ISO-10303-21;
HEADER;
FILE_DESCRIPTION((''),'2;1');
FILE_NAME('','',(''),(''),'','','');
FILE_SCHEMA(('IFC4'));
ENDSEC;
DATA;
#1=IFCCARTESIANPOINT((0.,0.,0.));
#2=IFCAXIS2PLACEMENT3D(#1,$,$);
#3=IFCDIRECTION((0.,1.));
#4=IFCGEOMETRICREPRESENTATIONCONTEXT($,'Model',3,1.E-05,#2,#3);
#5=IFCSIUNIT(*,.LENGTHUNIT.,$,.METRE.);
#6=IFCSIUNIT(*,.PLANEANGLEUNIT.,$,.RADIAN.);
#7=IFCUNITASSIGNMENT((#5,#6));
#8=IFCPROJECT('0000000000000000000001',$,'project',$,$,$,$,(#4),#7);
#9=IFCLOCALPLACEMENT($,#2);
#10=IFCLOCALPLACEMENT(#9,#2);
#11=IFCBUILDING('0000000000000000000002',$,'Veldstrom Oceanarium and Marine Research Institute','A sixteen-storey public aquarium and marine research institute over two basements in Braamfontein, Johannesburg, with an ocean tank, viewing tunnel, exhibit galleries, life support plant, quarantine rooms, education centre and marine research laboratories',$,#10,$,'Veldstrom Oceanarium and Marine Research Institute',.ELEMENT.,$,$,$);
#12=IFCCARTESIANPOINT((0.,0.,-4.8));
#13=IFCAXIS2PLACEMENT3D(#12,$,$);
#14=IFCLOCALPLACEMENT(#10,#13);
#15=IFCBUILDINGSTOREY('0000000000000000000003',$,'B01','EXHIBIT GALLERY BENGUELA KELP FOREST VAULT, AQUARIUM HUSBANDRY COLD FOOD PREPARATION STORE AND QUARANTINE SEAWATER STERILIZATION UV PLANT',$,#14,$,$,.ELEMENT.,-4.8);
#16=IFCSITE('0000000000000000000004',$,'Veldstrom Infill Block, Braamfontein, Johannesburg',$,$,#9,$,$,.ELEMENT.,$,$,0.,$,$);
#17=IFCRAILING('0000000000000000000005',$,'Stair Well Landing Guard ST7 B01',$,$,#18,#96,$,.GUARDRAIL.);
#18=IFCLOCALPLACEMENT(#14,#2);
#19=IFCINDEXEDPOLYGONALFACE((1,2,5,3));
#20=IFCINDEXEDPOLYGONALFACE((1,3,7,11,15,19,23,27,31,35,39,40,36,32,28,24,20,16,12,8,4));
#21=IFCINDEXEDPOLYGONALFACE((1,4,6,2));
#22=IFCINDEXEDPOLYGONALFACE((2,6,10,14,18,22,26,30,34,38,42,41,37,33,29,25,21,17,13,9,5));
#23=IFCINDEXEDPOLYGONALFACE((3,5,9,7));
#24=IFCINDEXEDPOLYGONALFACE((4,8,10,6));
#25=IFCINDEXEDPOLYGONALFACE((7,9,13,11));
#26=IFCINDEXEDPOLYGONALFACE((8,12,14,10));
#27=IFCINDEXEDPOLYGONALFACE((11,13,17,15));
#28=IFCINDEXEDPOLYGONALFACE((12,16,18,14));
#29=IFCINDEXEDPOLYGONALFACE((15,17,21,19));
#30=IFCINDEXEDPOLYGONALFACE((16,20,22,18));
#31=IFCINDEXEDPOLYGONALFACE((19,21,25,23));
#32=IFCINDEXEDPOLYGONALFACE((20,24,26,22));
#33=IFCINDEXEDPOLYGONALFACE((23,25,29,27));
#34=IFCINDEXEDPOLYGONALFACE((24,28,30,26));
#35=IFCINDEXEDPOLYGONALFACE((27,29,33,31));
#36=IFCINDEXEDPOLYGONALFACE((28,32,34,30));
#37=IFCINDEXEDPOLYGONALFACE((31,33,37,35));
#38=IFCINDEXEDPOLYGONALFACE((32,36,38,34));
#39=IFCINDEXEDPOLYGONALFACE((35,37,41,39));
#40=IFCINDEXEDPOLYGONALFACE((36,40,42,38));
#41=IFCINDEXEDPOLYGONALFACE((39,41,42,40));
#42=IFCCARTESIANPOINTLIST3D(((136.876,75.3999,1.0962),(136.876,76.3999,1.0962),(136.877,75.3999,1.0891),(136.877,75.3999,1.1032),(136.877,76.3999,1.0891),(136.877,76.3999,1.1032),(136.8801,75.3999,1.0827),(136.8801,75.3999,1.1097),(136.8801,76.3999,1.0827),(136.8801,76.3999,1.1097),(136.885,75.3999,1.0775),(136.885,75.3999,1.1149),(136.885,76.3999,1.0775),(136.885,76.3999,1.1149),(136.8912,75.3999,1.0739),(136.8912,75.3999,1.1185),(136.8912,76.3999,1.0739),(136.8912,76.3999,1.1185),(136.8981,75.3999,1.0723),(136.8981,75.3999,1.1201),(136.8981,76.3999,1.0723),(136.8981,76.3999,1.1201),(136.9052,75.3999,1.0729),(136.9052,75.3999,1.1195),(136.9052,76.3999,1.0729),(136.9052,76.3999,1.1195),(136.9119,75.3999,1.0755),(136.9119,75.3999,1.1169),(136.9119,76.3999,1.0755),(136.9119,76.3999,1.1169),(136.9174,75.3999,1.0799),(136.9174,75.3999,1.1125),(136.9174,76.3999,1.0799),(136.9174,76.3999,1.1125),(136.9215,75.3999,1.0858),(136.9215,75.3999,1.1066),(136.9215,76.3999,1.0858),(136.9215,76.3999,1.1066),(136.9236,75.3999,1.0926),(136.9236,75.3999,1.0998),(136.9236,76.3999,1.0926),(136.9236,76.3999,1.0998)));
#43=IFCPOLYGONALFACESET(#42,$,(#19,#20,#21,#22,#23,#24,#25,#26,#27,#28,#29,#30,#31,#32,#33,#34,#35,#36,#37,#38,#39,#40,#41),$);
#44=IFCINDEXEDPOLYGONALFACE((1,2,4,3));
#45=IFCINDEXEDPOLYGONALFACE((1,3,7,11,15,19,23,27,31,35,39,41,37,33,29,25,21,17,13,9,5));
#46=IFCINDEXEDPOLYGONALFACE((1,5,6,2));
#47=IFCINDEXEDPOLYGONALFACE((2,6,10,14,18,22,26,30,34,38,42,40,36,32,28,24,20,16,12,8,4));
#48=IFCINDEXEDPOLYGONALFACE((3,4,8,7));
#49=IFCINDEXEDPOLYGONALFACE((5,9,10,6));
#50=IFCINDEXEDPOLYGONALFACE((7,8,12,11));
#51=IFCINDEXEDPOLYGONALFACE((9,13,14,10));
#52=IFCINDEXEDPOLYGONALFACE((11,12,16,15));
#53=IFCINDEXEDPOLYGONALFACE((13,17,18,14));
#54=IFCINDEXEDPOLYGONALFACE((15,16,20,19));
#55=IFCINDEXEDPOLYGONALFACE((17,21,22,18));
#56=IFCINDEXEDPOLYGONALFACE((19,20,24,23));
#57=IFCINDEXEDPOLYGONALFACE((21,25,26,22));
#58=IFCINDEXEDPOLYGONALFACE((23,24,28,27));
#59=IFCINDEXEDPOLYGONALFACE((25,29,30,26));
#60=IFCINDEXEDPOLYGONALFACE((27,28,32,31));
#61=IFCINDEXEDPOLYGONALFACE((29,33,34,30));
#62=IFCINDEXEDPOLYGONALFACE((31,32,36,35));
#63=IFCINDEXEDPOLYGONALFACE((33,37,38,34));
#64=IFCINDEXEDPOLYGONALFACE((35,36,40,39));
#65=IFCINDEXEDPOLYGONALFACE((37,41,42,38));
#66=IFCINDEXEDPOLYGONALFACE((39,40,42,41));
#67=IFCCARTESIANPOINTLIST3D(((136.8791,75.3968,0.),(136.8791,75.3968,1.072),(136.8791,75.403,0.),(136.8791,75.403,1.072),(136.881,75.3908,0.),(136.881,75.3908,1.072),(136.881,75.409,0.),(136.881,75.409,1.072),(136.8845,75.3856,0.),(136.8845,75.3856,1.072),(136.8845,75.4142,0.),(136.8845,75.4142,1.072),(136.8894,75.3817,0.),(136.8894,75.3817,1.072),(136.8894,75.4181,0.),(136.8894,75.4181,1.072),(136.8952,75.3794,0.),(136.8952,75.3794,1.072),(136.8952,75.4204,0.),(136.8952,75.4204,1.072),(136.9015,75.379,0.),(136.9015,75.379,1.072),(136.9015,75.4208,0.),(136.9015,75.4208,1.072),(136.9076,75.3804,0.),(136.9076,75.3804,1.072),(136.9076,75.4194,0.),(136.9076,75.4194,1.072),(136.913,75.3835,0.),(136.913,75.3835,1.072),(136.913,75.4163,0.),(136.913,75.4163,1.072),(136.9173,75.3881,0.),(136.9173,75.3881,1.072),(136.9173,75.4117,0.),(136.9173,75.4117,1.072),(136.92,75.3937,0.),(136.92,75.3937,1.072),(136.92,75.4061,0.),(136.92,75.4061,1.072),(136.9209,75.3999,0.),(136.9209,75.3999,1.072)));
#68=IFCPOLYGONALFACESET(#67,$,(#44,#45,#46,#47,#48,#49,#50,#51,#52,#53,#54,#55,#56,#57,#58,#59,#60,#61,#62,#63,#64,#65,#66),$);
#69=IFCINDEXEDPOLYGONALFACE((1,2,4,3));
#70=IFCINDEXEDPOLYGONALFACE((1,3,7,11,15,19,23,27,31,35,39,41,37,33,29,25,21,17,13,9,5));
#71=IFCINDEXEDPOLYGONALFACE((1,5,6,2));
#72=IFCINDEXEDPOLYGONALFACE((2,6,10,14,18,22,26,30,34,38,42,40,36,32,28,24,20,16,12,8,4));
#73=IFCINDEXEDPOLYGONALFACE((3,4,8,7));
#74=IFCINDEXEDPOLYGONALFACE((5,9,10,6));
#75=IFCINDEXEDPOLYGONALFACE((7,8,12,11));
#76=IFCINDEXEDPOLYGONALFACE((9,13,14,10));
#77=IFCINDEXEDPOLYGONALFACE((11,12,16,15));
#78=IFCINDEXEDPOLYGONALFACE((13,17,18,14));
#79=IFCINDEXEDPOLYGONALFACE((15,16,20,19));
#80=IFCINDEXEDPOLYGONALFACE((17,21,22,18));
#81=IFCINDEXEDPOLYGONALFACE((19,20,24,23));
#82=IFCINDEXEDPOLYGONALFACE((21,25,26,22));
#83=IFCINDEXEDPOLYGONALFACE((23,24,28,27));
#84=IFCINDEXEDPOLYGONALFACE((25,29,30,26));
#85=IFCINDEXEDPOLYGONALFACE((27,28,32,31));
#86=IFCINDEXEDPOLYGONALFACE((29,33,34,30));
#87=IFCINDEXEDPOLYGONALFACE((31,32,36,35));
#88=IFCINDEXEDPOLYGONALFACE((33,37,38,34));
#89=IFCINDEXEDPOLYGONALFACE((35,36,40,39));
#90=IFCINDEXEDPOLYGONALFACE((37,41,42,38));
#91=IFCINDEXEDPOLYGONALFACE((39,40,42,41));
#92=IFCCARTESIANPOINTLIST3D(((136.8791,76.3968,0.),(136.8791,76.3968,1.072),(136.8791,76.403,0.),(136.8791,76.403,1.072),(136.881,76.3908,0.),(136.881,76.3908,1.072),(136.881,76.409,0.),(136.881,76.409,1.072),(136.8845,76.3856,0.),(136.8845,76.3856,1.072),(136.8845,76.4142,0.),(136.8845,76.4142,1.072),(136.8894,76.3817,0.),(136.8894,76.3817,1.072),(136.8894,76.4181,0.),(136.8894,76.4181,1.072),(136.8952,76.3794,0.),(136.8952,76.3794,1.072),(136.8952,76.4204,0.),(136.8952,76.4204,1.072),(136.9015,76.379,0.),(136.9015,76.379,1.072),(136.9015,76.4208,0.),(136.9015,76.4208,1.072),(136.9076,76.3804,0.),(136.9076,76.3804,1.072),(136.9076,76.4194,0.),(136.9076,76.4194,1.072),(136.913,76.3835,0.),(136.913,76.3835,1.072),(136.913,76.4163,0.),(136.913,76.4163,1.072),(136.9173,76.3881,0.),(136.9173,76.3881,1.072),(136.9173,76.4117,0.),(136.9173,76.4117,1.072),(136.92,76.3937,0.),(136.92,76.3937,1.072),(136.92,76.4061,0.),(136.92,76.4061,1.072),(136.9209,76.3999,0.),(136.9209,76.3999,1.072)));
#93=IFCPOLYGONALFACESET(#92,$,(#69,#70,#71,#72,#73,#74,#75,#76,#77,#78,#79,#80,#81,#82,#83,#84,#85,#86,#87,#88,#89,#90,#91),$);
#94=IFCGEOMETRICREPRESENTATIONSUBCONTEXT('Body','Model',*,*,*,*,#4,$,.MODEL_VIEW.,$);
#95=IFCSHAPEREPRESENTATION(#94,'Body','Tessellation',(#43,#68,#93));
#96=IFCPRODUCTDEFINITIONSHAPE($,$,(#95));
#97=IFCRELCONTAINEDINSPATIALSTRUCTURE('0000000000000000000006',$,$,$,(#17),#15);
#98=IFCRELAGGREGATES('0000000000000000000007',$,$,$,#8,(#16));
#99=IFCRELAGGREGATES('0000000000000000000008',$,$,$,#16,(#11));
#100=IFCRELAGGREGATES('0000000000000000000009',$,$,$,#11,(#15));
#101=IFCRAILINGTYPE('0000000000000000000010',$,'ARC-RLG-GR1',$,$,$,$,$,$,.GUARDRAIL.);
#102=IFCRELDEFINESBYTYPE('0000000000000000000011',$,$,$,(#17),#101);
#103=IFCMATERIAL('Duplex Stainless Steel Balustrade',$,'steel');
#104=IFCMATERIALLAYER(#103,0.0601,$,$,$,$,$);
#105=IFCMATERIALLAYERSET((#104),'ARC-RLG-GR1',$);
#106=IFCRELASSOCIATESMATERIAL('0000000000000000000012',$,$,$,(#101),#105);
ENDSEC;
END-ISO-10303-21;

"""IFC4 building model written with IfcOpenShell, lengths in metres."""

from ifc_helpers import new_model, si_unit, direction, frame, origin, origin_2d, place, context, subcontext, project, spatial, circle, extrude, material, layer, layer_set, type_object, element, save


model = new_model("IFC4")

# Units and contexts
model_context = context("Model", 3, precision=1e-05, world=origin(), true_north=direction((0.0, 1.0)))
body_context = subcontext(model_context, "Body", "Model", "MODEL_VIEW")
ifc_project = project(units=[si_unit("LENGTHUNIT", "METRE"), si_unit("PLANEANGLEUNIT", "RADIAN")], contexts=[model_context])

# Site, building, storey
site_placement = place(None, origin())
site = spatial("IfcSite", under=ifc_project, at=site_placement, Name="Veldstrom Infill Block, Braamfontein, Johannesburg", CompositionType="ELEMENT", RefElevation=0.0)
building_placement = place(site_placement, origin())
building = spatial("IfcBuilding", under=site, at=building_placement, Name="Veldstrom Oceanarium and Marine Research Institute", Description="A sixteen-storey public aquarium and marine research institute over two basements in Braamfontein, Johannesburg, with an ocean tank, viewing tunnel, exhibit galleries, life support plant, quarantine rooms, education centre and marine research laboratories", LongName="Veldstrom Oceanarium and Marine Research Institute", CompositionType="ELEMENT")
storey_placement = place(building_placement, frame((0.0, 0.0, -4.8)))
storey = spatial("IfcBuildingStorey", under=building, at=storey_placement, Name="B01", Description="EXHIBIT GALLERY BENGUELA KELP FOREST VAULT, AQUARIUM HUSBANDRY COLD FOOD PREPARATION STORE AND QUARANTINE SEAWATER STERILIZATION UV PLANT", CompositionType="ELEMENT", Elevation=-4.8)

# Railing
ifc_material_1 = material(Name="Duplex Stainless Steel Balustrade", Category="steel")
ifc_layer_1 = layer(ifc_material_1, 0.0601)
ifc_layer_set_1 = layer_set([ifc_layer_1], Name="ARC-RLG-GR1")
railing_type_1 = type_object("IfcRailingType", Name="ARC-RLG-GR1", PredefinedType="GUARDRAIL", material=ifc_layer_set_1)
railing_1_placement = place(storey_placement, frame((136.8999, 75.3999, 0.0)))
element("IfcRailing", 1, at=railing_1_placement, inside=storey, type_object=railing_type_1, Name="Stair Well Landing Guard ST7 B01", PredefinedType="GUARDRAIL", context=body_context, shape_type="SweptSolid", body=[
    extrude(circle(Radius=0.0239, at=origin_2d()), frame((0.0, 0.0, 1.0962), z_axis=(0.0, 1.0, 0.0), x_axis=(-1.0, 0.0, 0.0)), (0.0, 0.0, 1.0), 1.0),
    extrude(circle(Radius=0.021, at=origin_2d()), origin(), (0.0, 0.0, 1.0), 1.072),
    extrude(circle(Radius=0.021, at=origin_2d()), frame((0.0, 1.0, 0.0)), (0.0, 0.0, 1.0), 1.072),
])

save(model, "model.ifc")
